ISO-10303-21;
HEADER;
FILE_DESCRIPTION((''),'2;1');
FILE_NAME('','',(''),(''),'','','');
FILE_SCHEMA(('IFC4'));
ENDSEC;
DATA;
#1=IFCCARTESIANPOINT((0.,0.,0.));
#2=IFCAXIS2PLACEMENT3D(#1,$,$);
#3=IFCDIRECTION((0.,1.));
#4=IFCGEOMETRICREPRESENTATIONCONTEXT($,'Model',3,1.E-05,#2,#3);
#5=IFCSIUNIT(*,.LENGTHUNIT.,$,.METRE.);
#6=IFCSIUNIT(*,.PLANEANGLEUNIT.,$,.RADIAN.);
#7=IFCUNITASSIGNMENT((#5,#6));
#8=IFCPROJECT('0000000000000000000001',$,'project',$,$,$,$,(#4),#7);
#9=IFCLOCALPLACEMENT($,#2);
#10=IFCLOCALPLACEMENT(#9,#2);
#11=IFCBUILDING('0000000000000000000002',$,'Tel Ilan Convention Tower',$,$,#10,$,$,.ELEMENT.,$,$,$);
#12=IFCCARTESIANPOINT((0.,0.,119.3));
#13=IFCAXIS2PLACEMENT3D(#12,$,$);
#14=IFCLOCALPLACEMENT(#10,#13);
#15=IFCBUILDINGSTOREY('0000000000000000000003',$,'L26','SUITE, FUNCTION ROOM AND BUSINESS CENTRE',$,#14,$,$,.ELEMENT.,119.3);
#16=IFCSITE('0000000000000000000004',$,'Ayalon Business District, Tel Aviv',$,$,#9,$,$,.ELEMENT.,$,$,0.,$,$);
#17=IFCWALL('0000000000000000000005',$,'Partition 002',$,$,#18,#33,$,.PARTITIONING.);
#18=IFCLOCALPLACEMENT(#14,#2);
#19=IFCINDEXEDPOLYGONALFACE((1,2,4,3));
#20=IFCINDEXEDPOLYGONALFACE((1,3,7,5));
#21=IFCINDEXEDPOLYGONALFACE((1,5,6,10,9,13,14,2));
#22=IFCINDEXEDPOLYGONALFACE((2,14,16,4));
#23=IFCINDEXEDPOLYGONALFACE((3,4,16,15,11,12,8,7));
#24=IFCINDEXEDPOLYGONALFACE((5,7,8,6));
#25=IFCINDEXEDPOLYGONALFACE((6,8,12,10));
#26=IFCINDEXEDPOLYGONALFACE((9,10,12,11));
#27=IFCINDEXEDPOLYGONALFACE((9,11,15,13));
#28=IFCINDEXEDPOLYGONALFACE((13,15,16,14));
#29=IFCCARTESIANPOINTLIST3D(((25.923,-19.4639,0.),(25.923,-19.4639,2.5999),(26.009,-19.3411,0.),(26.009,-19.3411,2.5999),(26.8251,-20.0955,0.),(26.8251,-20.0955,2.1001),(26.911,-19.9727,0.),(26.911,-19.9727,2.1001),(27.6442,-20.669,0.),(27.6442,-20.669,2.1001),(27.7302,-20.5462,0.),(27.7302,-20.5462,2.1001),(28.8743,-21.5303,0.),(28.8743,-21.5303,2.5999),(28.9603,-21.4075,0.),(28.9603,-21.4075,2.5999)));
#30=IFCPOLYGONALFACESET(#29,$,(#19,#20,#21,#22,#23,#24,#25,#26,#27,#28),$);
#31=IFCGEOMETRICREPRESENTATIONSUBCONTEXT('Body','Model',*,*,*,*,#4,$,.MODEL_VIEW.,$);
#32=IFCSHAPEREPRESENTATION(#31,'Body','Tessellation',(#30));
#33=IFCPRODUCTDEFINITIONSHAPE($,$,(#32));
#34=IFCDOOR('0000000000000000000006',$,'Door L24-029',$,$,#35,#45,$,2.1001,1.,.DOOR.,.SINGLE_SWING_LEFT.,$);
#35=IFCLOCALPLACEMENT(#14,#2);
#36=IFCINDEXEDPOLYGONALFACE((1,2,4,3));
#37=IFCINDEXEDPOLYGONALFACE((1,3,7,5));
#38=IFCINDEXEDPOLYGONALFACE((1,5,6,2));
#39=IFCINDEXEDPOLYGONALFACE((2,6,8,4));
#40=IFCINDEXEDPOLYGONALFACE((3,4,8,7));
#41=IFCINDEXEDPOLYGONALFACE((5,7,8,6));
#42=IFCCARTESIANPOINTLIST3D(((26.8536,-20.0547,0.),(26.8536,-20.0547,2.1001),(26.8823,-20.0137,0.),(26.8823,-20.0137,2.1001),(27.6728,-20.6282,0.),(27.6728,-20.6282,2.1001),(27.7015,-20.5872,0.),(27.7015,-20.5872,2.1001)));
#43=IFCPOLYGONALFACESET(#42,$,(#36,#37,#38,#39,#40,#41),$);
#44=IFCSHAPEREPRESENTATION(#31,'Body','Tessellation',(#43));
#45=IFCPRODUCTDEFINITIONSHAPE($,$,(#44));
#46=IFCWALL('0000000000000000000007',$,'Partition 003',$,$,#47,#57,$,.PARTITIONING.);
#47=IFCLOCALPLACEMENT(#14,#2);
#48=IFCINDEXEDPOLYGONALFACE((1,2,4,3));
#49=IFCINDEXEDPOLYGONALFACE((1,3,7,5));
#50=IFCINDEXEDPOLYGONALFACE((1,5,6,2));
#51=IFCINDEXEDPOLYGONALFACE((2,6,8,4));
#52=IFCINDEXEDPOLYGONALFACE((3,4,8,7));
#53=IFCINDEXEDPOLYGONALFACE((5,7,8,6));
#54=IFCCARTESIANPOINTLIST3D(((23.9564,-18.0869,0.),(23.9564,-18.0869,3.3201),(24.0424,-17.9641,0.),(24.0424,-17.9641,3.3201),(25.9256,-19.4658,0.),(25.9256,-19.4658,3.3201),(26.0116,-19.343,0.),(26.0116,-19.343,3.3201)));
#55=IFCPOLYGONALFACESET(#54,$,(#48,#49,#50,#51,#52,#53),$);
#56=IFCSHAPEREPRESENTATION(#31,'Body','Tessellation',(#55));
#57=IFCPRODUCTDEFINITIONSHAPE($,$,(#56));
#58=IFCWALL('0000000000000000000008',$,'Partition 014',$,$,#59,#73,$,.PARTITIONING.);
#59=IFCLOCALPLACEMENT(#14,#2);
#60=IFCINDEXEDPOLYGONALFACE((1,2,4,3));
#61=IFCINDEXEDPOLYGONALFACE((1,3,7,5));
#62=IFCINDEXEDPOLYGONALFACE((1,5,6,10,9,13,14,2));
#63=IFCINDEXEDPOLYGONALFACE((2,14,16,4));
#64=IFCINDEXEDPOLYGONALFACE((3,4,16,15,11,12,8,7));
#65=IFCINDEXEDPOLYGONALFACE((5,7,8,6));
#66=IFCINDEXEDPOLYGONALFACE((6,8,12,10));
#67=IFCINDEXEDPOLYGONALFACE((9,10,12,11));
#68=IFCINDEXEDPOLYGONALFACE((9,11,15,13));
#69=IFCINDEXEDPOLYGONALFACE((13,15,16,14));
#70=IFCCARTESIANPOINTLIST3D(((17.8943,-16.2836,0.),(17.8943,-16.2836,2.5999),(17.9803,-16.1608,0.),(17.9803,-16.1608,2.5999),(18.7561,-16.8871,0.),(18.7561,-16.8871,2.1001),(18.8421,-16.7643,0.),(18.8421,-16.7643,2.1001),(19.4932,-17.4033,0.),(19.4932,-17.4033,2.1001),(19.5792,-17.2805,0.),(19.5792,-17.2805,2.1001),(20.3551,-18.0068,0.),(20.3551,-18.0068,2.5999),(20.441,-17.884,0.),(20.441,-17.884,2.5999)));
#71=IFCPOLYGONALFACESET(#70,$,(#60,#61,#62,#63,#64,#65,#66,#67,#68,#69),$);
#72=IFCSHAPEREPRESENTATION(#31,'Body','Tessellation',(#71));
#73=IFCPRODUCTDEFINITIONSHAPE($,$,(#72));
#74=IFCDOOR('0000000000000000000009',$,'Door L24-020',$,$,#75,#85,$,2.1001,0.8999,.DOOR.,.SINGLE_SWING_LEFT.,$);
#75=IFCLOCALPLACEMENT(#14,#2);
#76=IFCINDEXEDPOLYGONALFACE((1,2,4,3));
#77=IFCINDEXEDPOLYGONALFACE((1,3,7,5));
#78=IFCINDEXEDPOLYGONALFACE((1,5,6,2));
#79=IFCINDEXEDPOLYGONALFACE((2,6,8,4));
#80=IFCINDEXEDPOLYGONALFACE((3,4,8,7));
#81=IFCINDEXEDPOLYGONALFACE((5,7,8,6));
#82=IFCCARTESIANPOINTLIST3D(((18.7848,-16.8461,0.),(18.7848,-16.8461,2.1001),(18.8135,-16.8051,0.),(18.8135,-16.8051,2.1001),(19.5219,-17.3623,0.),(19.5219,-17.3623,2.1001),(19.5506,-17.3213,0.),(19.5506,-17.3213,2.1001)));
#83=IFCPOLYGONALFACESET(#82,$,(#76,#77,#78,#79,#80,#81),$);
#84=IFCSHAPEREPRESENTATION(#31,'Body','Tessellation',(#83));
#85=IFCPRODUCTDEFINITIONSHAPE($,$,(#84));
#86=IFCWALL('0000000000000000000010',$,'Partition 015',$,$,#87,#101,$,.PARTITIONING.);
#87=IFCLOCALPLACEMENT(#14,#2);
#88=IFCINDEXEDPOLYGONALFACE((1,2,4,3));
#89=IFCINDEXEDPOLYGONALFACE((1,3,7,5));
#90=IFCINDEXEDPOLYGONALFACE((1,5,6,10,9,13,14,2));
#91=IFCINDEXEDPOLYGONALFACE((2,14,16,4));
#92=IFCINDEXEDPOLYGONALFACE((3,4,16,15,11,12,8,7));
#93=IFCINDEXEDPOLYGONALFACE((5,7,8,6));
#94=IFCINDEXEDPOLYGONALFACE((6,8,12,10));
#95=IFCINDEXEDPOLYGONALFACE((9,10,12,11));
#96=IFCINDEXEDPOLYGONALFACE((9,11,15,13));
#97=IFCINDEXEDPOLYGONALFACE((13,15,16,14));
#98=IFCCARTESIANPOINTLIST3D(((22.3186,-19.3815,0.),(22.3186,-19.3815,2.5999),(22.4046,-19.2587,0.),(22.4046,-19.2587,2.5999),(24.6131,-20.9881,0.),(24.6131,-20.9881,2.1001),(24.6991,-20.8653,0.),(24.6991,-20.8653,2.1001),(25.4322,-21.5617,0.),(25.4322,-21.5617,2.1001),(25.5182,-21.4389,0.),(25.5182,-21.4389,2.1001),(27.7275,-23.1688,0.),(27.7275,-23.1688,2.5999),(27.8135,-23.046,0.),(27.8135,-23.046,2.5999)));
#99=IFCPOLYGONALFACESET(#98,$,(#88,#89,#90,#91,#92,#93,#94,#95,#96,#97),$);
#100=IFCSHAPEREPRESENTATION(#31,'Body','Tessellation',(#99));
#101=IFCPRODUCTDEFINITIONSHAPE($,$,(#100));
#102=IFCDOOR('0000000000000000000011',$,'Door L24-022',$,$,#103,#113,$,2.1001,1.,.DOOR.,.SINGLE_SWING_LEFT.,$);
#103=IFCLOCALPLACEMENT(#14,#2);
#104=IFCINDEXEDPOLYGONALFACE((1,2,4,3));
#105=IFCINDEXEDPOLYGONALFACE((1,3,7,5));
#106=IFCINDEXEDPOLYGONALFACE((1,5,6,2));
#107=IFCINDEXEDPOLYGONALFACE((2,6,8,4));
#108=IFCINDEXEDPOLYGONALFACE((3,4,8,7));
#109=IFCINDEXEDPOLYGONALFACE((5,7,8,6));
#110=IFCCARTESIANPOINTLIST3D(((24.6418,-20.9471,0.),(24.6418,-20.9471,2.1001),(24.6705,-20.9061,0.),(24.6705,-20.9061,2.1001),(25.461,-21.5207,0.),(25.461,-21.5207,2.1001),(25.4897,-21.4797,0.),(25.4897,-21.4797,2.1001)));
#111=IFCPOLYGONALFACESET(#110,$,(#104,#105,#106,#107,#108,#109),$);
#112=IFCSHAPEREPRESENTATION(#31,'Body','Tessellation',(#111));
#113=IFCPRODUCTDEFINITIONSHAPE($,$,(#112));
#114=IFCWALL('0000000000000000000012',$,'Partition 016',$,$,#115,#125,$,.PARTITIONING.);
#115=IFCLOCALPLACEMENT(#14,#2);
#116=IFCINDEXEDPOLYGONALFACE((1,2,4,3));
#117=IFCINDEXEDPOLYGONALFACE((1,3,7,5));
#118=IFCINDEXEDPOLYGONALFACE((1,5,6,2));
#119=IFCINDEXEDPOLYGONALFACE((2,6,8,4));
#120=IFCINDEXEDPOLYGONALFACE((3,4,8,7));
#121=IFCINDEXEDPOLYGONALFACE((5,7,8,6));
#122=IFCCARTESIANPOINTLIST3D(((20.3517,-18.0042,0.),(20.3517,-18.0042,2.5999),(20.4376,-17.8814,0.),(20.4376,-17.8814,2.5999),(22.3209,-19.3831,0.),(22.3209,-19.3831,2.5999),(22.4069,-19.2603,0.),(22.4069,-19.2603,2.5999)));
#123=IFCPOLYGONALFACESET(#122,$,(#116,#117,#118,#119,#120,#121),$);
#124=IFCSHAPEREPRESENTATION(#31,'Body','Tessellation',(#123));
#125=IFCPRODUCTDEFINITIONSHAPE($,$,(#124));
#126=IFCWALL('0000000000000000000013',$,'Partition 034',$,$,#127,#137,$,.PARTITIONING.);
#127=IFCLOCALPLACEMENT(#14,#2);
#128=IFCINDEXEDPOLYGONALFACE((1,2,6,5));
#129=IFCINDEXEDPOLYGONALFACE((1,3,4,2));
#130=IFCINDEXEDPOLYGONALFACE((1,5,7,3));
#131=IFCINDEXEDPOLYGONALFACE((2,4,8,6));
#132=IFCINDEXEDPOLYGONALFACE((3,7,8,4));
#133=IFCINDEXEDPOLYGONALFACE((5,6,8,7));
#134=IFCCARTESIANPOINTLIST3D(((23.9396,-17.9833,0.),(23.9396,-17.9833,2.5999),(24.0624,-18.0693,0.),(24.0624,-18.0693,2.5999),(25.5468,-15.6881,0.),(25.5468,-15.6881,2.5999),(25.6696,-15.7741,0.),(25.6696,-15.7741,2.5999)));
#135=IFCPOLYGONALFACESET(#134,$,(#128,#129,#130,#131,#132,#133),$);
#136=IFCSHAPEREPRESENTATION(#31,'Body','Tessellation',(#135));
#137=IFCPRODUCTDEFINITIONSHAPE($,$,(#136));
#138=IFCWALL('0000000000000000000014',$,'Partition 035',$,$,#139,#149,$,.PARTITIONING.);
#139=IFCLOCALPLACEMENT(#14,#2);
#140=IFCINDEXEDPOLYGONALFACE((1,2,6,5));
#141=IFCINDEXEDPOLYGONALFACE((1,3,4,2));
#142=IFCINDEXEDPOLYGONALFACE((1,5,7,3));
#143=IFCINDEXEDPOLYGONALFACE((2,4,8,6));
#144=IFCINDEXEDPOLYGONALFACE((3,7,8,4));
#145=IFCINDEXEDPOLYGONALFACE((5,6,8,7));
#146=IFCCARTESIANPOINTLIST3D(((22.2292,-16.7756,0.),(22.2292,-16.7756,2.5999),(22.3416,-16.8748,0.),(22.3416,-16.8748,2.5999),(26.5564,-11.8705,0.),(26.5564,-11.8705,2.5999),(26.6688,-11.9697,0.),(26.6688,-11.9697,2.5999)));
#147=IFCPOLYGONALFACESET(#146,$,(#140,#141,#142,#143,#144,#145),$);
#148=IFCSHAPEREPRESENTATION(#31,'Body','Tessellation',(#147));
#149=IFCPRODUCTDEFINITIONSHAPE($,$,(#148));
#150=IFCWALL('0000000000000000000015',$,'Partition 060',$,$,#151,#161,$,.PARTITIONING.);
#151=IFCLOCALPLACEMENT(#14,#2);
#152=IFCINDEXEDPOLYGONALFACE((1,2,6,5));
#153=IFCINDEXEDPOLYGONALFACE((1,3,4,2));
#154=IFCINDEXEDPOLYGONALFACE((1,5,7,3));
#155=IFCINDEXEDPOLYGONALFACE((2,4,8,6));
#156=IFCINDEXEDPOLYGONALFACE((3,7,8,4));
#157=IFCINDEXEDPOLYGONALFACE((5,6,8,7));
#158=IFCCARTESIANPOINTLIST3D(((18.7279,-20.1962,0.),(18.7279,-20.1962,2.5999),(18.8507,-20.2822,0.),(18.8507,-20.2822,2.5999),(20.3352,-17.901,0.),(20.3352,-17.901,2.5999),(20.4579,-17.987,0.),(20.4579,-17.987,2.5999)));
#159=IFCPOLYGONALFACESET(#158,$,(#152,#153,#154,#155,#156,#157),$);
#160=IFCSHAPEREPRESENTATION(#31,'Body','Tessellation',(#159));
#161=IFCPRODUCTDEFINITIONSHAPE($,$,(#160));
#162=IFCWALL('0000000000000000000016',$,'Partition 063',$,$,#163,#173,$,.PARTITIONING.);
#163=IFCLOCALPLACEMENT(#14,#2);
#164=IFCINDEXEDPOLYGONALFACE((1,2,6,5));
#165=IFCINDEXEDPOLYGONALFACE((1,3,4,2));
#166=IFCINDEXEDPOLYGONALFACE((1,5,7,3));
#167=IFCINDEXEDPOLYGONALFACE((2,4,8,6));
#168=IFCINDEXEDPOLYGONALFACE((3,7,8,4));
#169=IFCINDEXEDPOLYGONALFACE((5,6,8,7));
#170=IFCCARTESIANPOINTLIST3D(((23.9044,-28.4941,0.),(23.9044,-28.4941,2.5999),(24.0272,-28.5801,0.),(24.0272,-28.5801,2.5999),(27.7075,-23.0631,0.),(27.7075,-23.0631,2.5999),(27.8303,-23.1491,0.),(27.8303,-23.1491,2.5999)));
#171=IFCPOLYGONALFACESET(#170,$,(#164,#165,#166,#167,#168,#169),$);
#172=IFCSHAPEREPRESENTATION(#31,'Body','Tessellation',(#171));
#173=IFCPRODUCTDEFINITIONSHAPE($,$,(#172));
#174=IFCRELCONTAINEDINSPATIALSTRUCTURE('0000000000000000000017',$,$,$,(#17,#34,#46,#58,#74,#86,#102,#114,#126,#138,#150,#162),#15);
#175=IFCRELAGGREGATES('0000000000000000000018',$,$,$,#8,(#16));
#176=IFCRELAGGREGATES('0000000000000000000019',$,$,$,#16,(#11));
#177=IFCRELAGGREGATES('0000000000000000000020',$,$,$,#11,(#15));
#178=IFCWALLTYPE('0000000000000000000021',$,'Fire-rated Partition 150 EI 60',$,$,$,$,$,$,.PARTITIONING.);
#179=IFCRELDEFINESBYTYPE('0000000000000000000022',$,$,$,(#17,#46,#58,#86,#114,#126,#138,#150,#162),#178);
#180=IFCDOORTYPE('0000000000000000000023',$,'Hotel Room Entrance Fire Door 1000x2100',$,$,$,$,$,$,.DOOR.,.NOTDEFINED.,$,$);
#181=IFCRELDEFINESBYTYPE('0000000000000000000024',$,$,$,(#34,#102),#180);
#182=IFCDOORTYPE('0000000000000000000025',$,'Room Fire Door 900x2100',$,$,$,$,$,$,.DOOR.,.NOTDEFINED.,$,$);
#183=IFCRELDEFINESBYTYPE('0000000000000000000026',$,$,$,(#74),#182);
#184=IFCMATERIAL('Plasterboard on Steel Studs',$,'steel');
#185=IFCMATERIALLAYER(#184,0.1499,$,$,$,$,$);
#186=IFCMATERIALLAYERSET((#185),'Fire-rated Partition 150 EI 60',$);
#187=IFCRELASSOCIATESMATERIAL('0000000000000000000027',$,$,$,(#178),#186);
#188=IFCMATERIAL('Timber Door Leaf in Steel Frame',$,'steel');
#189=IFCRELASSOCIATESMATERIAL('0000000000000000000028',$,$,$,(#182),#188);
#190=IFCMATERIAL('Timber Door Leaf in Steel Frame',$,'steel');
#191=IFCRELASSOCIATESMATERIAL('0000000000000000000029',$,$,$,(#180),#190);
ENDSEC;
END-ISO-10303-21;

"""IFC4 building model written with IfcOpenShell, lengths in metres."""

from ifc_helpers import new_model, si_unit, direction, frame, frame_2d, origin, place, context, subcontext, project, spatial, rectangle, extrude, material, layer, layer_set, type_object, element, fill, save


model = new_model("IFC4")

# Units and contexts
model_context = context("Model", 3, precision=1e-05, world=origin(), true_north=direction((0.0, 1.0)))
body_context = subcontext(model_context, "Body", "Model", "MODEL_VIEW")
ifc_project = project(units=[si_unit("LENGTHUNIT", "METRE"), si_unit("PLANEANGLEUNIT", "RADIAN")], contexts=[model_context])

# Site, building, storey
site_placement = place(None, origin())
site = spatial("IfcSite", under=ifc_project, at=site_placement, Name="Ayalon Business District, Tel Aviv", CompositionType="ELEMENT", RefElevation=0.0)
building_placement = place(site_placement, origin())
building = spatial("IfcBuilding", under=site, at=building_placement, Name="Tel Ilan Convention Tower", CompositionType="ELEMENT")
storey_placement = place(building_placement, frame((0.0, 0.0, 119.3)))
storey = spatial("IfcBuildingStorey", under=building, at=storey_placement, Name="L26", Description="SUITE, FUNCTION ROOM AND BUSINESS CENTRE", CompositionType="ELEMENT", Elevation=119.3)

# Wall, opening, door
ifc_material_1 = material(Name="Plasterboard on Steel Studs", Category="steel")
ifc_layer_1 = layer(ifc_material_1, 0.1499)
ifc_layer_set_1 = layer_set([ifc_layer_1], Name="Fire-rated Partition 150 EI 60")
wall_type_1 = type_object("IfcWallType", Name="Fire-rated Partition 150 EI 60", PredefinedType="PARTITIONING", material=ifc_layer_set_1)
ifc_material_2 = material(Name="Timber Door Leaf in Steel Frame", Category="steel")
door_type_1 = type_object("IfcDoorType", Name="Room Fire Door 900x2100", OperationType="NOTDEFINED", PredefinedType="DOOR", material=ifc_material_2)
wall_1_placement = place(storey_placement, frame((25.9661, -19.4026, 0.0), z_axis=(0.0, 0.0, 1.0), x_axis=(0.819178, -0.57354, 0.0)))
wall_1 = element("IfcWall", 1, at=wall_1_placement, inside=storey, type_object=wall_type_1, Name="Partition 002", PredefinedType="PARTITIONING", context=body_context, shape_type="SweptSolid", body=[
    extrude(rectangle(XDim=3.6028, YDim=0.1499, at=frame_2d((1.8013, 0.0))), origin(), (0.0, 0.0, 1.0), 2.5999),
])
opening_1_placement = place(wall_1_placement, frame((1.1011, 0.0, 0.0)))
opening_1 = element("IfcOpeningElement", 2, at=opening_1_placement, cuts=wall_1, PredefinedType="OPENING", context=body_context, shape_type="SweptSolid", body=[
    extrude(rectangle(XDim=1.0, YDim=2.1001, at=frame_2d((0.5, 1.05))), frame((0.0, 0.085, 0.0), z_axis=(0.0, -1.0, 0.0), x_axis=(1.0, 0.0, 0.0)), (0.0, 0.0, 1.0), 0.1699),
])
ifc_material_3 = material(Name="Timber Door Leaf in Steel Frame", Category="steel")
door_type_2 = type_object("IfcDoorType", Name="Hotel Room Entrance Fire Door 1000x2100", OperationType="NOTDEFINED", PredefinedType="DOOR", material=ifc_material_3)
door_1_placement = place(opening_1_placement, origin())
door_1 = element("IfcDoor", 3, at=door_1_placement, inside=storey, type_object=door_type_2, Name="Door L24-029", OperationType="SINGLE_SWING_LEFT", OverallHeight=2.1001, OverallWidth=1.0, PredefinedType="DOOR", context=body_context, shape_type="SweptSolid", body=[
    extrude(rectangle(XDim=1.0, YDim=2.1001, at=frame_2d((0.5, 1.05))), frame((0.0, 0.0249, 0.0), z_axis=(0.0, -1.0, 0.0), x_axis=(1.0, 0.0, 0.0)), (0.0, 0.0, 1.0), 0.05),
])
fill(opening_1, door_1)

# Wall
wall_2_placement = place(storey_placement, frame((23.9993, -18.0254, 0.0), z_axis=(0.0, 0.0, 1.0), x_axis=(0.819146, -0.573585, 0.0)))
element("IfcWall", 4, at=wall_2_placement, inside=storey, type_object=wall_type_1, Name="Partition 003", PredefinedType="PARTITIONING", context=body_context, shape_type="SweptSolid", body=[
    extrude(rectangle(XDim=2.4041, YDim=0.1499, at=frame_2d((1.2021, 0.0))), origin(), (0.0, 0.0, 1.0), 3.3201),
])

# Walls, openings, doors
wall_3_placement = place(storey_placement, frame((20.3979, -17.9453, 0.0), z_axis=(0.0, 0.0, 1.0), x_axis=(-0.819129, 0.57361, 0.0)))
wall_3 = element("IfcWall", 5, at=wall_3_placement, inside=storey, type_object=wall_type_1, Name="Partition 014", PredefinedType="PARTITIONING", context=body_context, shape_type="SweptSolid", body=[
    extrude(rectangle(XDim=3.0042, YDim=0.1499, at=frame_2d((1.502, 0.0))), origin(), (0.0, 0.0, 1.0), 2.5999),
])
opening_2_placement = place(wall_3_placement, frame((1.052, 0.0, 0.0)))
opening_2 = element("IfcOpeningElement", 6, at=opening_2_placement, cuts=wall_3, PredefinedType="OPENING", context=body_context, shape_type="SweptSolid", body=[
    extrude(rectangle(XDim=0.8999, YDim=2.1001, at=frame_2d((0.45, 1.05))), frame((0.0, 0.085, 0.0), z_axis=(0.0, -1.0, 0.0), x_axis=(1.0, 0.0, 0.0)), (0.0, 0.0, 1.0), 0.1699),
])
door_2_placement = place(opening_2_placement, origin())
door_2 = element("IfcDoor", 7, at=door_2_placement, inside=storey, type_object=door_type_1, Name="Door L24-020", OperationType="SINGLE_SWING_LEFT", OverallHeight=2.1001, OverallWidth=0.8999, PredefinedType="DOOR", context=body_context, shape_type="SweptSolid", body=[
    extrude(rectangle(XDim=0.8999, YDim=2.1001, at=frame_2d((0.45, 1.05))), frame((0.0, 0.0249, 0.0), z_axis=(0.0, -1.0, 0.0), x_axis=(1.0, 0.0, 0.0)), (0.0, 0.0, 1.0), 0.05),
])
fill(opening_2, door_2)
wall_4_placement = place(storey_placement, frame((27.7705, -23.1074, 0.0), z_axis=(0.0, 0.0, 1.0), x_axis=(-0.819154, 0.573574, 0.0)))
wall_4 = element("IfcWall", 8, at=wall_4_placement, inside=storey, type_object=wall_type_1, Name="Partition 015", PredefinedType="PARTITIONING", context=body_context, shape_type="SweptSolid", body=[
    extrude(rectangle(XDim=6.603, YDim=0.1499, at=frame_2d((3.3015, 0.0))), origin(), (0.0, 0.0, 1.0), 2.5999),
])
opening_3_placement = place(wall_4_placement, frame((2.802, 0.0, 0.0)))
opening_3 = element("IfcOpeningElement", 9, at=opening_3_placement, cuts=wall_4, PredefinedType="OPENING", context=body_context, shape_type="SweptSolid", body=[
    extrude(rectangle(XDim=1.0, YDim=2.1001, at=frame_2d((0.5, 1.05))), frame((0.0, 0.085, 0.0), z_axis=(0.0, -1.0, 0.0), x_axis=(1.0, 0.0, 0.0)), (0.0, 0.0, 1.0), 0.1699),
])
door_3_placement = place(opening_3_placement, origin())
door_3 = element("IfcDoor", 10, at=door_3_placement, inside=storey, type_object=door_type_2, Name="Door L24-022", OperationType="SINGLE_SWING_LEFT", OverallHeight=2.1001, OverallWidth=1.0, PredefinedType="DOOR", context=body_context, shape_type="SweptSolid", body=[
    extrude(rectangle(XDim=1.0, YDim=2.1001, at=frame_2d((0.5, 1.05))), frame((0.0, 0.0249, 0.0), z_axis=(0.0, -1.0, 0.0), x_axis=(1.0, 0.0, 0.0)), (0.0, 0.0, 1.0), 0.05),
])
fill(opening_3, door_3)

# Walls
wall_5_placement = place(storey_placement, frame((22.364, -19.3218, 0.0), z_axis=(0.0, 0.0, 1.0), x_axis=(-0.819146, 0.573585, 0.0)))
element("IfcWall", 11, at=wall_5_placement, inside=storey, type_object=wall_type_1, Name="Partition 016", PredefinedType="PARTITIONING", context=body_context, shape_type="SweptSolid", body=[
    extrude(rectangle(XDim=2.4041, YDim=0.1499, at=frame_2d((1.2021, 0.0))), origin(), (0.0, 0.0, 1.0), 2.5999),
])
wall_6_placement = place(storey_placement, frame((25.6082, -15.7312, 0.0), z_axis=(0.0, 0.0, 1.0), x_axis=(-0.573597, -0.819138, 0.0)))
element("IfcWall", 12, at=wall_6_placement, inside=storey, type_object=wall_type_1, Name="Partition 034", PredefinedType="PARTITIONING", context=body_context, shape_type="SweptSolid", body=[
    extrude(rectangle(XDim=2.802, YDim=0.1499, at=frame_2d((1.4009, 0.0))), origin(), (0.0, 0.0, 1.0), 2.5999),
])
wall_7_placement = place(storey_placement, frame((22.2854, -16.8252, 0.0), z_axis=(0.0, 0.0, 1.0), x_axis=(0.661551, 0.7499, 0.0)))
element("IfcWall", 13, at=wall_7_placement, inside=storey, type_object=wall_type_1, Name="Partition 035", PredefinedType="PARTITIONING", context=body_context, shape_type="SweptSolid", body=[
    extrude(rectangle(XDim=6.541, YDim=0.1499, at=frame_2d((3.2705, 0.0))), origin(), (0.0, 0.0, 1.0), 2.5999),
])
wall_8_placement = place(storey_placement, frame((20.3965, -17.9441, 0.0), z_axis=(0.0, 0.0, 1.0), x_axis=(-0.573597, -0.819138, 0.0)))
element("IfcWall", 14, at=wall_8_placement, inside=storey, type_object=wall_type_1, Name="Partition 060", PredefinedType="PARTITIONING", context=body_context, shape_type="SweptSolid", body=[
    extrude(rectangle(XDim=2.802, YDim=0.1499, at=frame_2d((1.4009, 0.0))), origin(), (0.0, 0.0, 1.0), 2.5999),
])
wall_9_placement = place(storey_placement, frame((27.7688, -23.1062, 0.0), z_axis=(0.0, 0.0, 1.0), x_axis=(-0.573598, -0.819137, 0.0)))
element("IfcWall", 15, at=wall_9_placement, inside=storey, type_object=wall_type_1, Name="Partition 063", PredefinedType="PARTITIONING", context=body_context, shape_type="SweptSolid", body=[
    extrude(rectangle(XDim=6.6301, YDim=0.1499, at=frame_2d((3.3149, 0.0))), origin(), (0.0, 0.0, 1.0), 2.5999),
])

save(model, "model.ifc")
